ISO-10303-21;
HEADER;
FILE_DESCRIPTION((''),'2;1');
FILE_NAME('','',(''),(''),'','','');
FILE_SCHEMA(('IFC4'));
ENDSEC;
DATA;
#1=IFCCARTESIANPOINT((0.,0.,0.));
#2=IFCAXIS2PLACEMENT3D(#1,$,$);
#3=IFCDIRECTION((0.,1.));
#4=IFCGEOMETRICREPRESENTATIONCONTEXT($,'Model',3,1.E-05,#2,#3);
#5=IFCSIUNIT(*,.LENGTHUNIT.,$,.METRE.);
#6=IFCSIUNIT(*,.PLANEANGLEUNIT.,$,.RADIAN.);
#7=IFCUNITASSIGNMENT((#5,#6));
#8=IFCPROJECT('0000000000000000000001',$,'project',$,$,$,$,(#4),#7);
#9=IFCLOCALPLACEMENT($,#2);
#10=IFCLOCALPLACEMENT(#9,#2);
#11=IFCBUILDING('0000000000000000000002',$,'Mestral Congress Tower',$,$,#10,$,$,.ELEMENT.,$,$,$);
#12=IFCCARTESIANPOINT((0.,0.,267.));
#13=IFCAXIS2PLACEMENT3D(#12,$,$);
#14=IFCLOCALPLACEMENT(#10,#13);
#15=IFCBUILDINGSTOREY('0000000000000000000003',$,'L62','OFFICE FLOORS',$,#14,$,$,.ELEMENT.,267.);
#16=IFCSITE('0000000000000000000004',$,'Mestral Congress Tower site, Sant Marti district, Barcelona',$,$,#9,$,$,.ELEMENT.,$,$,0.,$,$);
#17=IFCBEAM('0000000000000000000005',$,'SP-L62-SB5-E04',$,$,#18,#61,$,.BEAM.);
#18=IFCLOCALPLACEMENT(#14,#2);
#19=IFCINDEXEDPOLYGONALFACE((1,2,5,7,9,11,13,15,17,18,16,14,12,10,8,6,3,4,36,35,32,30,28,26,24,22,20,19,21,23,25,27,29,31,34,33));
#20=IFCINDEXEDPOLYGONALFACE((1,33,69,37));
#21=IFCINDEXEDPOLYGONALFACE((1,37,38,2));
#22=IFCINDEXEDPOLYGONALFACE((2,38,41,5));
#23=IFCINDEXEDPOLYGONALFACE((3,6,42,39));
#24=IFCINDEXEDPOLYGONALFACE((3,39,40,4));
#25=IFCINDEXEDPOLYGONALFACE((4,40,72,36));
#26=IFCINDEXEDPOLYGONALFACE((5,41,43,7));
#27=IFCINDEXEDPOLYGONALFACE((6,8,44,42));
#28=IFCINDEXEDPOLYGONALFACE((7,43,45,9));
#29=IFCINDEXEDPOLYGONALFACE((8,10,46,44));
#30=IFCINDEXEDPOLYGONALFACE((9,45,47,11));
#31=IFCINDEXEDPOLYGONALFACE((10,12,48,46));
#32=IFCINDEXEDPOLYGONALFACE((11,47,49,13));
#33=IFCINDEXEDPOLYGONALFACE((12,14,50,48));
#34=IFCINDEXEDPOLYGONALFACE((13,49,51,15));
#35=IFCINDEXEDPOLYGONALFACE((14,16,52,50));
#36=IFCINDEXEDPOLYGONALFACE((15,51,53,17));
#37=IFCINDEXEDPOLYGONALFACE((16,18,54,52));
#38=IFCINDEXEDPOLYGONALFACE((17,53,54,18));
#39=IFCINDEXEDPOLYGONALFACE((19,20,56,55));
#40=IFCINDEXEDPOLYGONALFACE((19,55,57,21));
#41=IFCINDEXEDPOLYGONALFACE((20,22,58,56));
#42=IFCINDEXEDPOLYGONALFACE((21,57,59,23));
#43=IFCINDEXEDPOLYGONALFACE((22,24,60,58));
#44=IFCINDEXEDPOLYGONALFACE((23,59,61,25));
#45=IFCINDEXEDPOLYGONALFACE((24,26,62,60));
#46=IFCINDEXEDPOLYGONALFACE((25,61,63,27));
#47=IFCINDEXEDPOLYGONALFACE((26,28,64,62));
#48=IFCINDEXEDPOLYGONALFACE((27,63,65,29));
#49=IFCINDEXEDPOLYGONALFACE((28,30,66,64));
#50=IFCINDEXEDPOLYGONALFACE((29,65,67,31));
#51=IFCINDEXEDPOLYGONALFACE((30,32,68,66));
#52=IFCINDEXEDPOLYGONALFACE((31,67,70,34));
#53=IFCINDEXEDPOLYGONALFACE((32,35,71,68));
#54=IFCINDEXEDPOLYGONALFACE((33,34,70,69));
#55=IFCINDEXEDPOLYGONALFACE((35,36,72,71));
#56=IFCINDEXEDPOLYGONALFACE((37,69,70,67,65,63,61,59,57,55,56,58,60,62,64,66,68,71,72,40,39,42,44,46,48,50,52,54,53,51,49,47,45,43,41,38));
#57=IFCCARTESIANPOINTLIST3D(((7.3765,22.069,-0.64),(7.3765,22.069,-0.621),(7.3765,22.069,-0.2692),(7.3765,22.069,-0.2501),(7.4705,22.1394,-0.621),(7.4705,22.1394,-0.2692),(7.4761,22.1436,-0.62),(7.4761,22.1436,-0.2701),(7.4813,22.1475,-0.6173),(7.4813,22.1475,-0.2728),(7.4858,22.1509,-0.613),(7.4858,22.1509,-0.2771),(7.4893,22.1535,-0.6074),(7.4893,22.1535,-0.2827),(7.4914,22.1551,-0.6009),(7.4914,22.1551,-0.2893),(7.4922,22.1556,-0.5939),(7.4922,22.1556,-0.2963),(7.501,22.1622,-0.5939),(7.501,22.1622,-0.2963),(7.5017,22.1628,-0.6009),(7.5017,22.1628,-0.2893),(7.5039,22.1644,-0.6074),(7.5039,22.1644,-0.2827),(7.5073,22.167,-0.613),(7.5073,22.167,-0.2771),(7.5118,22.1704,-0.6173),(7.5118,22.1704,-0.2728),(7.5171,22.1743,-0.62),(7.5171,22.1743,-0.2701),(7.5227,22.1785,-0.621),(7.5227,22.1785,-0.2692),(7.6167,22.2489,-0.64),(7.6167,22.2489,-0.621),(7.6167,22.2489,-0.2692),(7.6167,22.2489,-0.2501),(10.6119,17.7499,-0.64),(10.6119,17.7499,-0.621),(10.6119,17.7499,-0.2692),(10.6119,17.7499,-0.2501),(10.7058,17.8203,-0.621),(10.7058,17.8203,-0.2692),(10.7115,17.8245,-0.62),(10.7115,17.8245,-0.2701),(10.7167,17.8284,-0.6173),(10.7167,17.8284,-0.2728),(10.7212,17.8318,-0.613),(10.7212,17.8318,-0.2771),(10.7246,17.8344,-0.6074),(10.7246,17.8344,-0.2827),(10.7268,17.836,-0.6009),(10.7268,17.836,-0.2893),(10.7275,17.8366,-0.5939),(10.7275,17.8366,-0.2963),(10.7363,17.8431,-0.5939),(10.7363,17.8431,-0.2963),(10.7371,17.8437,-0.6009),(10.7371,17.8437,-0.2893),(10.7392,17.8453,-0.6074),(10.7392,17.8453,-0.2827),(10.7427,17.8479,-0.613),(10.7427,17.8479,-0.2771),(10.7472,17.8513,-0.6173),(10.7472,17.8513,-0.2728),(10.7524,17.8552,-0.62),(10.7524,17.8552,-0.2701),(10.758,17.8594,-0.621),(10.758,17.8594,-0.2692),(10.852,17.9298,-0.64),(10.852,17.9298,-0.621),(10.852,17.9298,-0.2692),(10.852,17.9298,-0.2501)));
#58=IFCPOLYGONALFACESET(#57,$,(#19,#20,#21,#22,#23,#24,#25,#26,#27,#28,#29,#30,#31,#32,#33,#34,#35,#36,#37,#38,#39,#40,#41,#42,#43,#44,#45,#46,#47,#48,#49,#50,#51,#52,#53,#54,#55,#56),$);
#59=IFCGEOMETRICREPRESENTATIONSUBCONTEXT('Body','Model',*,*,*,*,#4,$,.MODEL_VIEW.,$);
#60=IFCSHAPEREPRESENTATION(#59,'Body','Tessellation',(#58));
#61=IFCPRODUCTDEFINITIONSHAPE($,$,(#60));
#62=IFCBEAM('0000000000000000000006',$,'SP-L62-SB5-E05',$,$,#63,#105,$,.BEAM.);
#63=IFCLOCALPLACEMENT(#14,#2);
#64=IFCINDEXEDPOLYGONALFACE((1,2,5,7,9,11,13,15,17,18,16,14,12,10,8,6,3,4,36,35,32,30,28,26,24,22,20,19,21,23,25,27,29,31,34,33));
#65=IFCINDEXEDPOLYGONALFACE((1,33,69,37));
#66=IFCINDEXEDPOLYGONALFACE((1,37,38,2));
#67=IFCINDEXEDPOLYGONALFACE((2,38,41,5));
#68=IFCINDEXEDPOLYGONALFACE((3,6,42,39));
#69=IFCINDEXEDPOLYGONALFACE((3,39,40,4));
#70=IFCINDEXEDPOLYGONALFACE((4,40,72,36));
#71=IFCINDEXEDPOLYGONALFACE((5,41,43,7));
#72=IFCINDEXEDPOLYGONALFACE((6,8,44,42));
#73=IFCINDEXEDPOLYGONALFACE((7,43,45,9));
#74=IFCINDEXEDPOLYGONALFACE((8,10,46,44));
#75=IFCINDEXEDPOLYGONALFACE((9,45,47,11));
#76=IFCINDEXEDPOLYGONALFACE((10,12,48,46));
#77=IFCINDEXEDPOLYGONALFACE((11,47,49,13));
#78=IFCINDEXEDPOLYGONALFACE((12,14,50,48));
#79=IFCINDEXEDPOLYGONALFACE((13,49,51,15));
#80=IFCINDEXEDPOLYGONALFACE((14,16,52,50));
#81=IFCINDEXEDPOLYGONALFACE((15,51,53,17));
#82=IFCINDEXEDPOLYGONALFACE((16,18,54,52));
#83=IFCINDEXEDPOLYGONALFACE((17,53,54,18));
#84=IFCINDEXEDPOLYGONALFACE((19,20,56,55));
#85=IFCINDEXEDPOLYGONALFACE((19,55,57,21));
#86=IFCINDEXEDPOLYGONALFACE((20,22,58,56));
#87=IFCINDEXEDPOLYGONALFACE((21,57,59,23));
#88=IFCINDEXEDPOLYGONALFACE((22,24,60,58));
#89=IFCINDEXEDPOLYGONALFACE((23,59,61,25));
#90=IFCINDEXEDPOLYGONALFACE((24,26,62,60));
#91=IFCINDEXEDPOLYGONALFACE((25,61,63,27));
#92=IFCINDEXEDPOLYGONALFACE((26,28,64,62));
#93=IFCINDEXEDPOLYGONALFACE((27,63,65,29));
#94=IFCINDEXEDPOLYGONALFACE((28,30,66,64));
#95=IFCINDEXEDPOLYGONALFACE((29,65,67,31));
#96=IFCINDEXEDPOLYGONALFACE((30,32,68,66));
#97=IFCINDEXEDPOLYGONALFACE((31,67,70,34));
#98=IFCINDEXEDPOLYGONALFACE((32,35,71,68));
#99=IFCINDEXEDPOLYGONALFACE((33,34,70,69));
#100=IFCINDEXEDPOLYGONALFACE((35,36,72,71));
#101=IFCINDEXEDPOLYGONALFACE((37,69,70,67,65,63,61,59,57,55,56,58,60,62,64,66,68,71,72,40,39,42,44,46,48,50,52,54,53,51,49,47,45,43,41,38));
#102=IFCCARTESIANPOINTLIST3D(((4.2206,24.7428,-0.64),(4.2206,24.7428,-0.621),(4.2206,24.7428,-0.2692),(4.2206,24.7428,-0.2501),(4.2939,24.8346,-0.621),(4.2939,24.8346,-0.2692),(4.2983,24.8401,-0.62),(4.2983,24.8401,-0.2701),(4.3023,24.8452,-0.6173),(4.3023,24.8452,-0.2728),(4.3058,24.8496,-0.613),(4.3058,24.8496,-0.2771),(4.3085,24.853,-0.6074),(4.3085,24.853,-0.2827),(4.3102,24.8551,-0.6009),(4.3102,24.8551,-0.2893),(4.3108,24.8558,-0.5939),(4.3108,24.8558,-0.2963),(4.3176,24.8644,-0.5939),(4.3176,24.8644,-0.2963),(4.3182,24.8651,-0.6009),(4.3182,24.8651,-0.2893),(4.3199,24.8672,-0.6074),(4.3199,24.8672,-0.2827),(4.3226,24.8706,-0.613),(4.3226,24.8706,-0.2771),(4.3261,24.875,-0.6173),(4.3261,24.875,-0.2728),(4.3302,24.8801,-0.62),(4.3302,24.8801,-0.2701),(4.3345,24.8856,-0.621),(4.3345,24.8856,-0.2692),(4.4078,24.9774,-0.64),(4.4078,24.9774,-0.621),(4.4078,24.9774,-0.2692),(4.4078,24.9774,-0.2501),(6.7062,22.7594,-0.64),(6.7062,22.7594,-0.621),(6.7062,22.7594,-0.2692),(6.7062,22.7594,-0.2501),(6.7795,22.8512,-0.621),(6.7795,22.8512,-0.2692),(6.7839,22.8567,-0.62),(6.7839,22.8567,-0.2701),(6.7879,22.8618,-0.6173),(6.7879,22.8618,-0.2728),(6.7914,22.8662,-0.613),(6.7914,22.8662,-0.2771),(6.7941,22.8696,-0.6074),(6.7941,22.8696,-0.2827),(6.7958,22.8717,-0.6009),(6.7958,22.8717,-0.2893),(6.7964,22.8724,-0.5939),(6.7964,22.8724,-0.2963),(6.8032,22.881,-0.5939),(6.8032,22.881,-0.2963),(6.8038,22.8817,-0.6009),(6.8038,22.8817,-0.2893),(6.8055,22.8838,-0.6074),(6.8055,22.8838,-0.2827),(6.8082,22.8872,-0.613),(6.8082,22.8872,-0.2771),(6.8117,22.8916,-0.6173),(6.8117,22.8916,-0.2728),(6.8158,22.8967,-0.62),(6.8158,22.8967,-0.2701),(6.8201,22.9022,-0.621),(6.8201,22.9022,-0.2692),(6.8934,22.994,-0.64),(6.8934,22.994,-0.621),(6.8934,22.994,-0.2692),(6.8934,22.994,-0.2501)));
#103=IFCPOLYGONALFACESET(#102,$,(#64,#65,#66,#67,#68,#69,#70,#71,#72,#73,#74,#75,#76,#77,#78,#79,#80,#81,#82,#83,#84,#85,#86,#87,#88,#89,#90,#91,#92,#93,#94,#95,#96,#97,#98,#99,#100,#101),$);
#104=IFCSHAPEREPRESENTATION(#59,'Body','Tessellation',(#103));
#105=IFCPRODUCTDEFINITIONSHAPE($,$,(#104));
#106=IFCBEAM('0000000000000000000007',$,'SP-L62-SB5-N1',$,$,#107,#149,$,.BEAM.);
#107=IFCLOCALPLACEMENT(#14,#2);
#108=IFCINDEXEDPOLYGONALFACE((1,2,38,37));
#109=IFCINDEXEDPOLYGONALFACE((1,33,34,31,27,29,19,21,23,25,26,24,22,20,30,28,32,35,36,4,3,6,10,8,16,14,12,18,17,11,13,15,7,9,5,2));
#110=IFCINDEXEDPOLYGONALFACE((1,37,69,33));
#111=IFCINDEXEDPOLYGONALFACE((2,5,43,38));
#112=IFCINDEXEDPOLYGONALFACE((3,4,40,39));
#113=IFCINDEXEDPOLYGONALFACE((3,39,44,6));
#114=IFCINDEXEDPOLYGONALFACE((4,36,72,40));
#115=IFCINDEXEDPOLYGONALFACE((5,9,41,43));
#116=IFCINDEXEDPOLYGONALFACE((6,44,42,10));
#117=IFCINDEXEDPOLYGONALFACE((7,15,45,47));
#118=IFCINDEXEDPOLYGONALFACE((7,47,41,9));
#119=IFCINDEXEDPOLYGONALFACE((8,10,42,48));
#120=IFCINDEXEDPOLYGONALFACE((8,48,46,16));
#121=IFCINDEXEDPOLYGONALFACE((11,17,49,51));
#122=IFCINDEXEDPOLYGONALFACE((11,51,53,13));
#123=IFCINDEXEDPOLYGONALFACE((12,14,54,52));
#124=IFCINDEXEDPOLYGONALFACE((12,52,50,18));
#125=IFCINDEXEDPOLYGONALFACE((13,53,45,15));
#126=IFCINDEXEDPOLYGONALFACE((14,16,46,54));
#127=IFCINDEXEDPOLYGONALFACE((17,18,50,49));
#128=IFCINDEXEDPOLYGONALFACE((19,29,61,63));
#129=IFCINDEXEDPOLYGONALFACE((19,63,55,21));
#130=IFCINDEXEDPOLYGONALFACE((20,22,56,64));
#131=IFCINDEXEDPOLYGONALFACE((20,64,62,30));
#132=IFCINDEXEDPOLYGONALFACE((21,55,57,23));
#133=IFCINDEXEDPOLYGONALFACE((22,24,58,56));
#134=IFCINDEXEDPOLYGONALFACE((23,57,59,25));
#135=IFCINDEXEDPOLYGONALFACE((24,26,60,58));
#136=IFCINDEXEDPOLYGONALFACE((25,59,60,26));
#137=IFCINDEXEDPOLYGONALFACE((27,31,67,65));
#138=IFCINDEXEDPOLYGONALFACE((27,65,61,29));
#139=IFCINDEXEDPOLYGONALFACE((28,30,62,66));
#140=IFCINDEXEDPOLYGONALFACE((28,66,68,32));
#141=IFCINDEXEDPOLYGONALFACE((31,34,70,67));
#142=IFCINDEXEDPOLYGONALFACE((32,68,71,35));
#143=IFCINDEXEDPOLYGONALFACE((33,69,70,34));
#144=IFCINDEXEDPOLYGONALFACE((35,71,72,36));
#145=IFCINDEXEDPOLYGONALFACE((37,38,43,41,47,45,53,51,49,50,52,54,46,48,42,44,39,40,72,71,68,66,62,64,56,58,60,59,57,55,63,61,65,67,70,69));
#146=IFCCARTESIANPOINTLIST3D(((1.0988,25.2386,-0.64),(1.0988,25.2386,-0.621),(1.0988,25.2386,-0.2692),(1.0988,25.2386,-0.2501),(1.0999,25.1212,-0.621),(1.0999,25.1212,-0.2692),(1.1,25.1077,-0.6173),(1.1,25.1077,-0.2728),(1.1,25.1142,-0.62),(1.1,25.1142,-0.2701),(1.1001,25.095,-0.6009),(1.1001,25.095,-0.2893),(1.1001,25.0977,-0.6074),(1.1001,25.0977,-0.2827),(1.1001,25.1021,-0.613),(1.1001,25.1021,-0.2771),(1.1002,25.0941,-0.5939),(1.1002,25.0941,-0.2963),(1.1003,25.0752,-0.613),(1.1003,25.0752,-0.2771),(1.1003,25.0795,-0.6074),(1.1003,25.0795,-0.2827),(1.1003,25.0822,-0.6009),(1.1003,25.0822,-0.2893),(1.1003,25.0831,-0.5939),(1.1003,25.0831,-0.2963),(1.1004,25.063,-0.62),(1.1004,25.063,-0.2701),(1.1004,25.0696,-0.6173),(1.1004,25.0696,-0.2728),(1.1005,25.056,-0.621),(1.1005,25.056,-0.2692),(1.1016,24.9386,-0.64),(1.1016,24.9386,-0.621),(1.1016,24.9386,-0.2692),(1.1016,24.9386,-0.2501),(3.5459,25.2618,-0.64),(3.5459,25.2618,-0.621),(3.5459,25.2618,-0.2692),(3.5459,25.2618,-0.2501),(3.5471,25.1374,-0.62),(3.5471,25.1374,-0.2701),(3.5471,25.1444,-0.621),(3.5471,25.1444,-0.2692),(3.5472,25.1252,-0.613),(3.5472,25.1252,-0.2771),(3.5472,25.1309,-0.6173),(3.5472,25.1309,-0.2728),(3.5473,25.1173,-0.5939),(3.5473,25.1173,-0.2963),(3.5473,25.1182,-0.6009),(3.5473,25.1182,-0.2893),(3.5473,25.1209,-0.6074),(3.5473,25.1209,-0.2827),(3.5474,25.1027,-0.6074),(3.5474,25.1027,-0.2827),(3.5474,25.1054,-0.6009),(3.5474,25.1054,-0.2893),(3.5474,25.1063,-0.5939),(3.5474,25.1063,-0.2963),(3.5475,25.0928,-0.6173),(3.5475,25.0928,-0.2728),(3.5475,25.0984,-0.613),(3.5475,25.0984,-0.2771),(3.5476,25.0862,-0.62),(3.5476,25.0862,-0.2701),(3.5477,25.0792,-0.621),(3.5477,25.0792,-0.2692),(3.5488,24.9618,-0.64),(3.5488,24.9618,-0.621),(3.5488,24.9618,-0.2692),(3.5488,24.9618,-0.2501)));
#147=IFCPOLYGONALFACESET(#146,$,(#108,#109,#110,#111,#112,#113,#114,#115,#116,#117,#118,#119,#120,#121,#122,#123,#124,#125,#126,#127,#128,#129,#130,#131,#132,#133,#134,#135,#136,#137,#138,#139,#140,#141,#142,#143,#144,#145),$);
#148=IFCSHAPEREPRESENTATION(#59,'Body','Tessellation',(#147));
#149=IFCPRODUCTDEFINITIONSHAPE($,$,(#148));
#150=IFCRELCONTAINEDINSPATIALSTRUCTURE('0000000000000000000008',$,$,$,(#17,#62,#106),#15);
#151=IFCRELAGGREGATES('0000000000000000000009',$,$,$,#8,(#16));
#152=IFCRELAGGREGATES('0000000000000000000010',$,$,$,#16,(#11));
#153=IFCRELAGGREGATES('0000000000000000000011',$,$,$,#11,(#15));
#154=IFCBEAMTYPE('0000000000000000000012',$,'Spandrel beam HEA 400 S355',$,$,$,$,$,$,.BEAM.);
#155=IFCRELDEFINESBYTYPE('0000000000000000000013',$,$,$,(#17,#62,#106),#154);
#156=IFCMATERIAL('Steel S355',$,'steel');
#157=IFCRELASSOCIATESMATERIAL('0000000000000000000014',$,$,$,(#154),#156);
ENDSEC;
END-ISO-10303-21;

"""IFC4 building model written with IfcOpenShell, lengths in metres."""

from ifc_helpers import new_model, si_unit, direction, frame, origin, origin_2d, place, context, subcontext, project, spatial, i_section, extrude, material, material_profile, profile_set, type_object, element, save


model = new_model("IFC4")

# Units and contexts
model_context = context("Model", 3, precision=1e-05, world=origin(), true_north=direction((0.0, 1.0)))
body_context = subcontext(model_context, "Body", "Model", "MODEL_VIEW")
ifc_project = project(units=[si_unit("LENGTHUNIT", "METRE"), si_unit("PLANEANGLEUNIT", "RADIAN")], contexts=[model_context])

# Site, building, storey
site_placement = place(None, origin())
site = spatial("IfcSite", under=ifc_project, at=site_placement, Name="Mestral Congress Tower site, Sant Marti district, Barcelona", CompositionType="ELEMENT", RefElevation=0.0)
building_placement = place(site_placement, origin())
building = spatial("IfcBuilding", under=site, at=building_placement, Name="Mestral Congress Tower", CompositionType="ELEMENT")
storey_placement = place(building_placement, frame((0.0, 0.0, 267.0)))
storey = spatial("IfcBuildingStorey", under=building, at=storey_placement, Name="L62", Description="OFFICE FLOORS", CompositionType="ELEMENT", Elevation=267.0)

# Beams
ifc_material_1 = material(Name="Steel S355", Category="steel")
ifc_material_profile_1 = material_profile(ifc_material_1, i_section(OverallWidth=0.3, OverallDepth=0.3899, WebThickness=0.011, FlangeThickness=0.019, FilletRadius=0.0271, at=origin_2d()), Name="HEA 400")
ifc_profile_set_1 = profile_set([ifc_material_profile_1], Name="Steel S355")
beam_type_1 = type_object("IfcBeamType", Name="Spandrel beam HEA 400 S355", PredefinedType="BEAM", material=ifc_profile_set_1)
beam_1_placement = place(storey_placement, frame((10.7319, 17.8398, -0.4451), z_axis=(-0.599529, 0.800353, 0.0), x_axis=(-0.800353, -0.599529, 0.0)))
element("IfcBeam", 1, at=beam_1_placement, inside=storey, type_object=beam_type_1, Name="SP-L62-SB5-E04", PredefinedType="BEAM", context=body_context, shape_type="SweptSolid", body=[
    extrude(i_section(OverallWidth=0.3, OverallDepth=0.3899, WebThickness=0.011, FlangeThickness=0.019, FilletRadius=0.0271, at=origin_2d()), origin(), (0.0, 0.0, 1.0), 5.3965),
])
beam_2_placement = place(storey_placement, frame((6.7998, 22.8767, -0.4451), z_axis=(-0.781647, 0.623721, 0.0), x_axis=(-0.623721, -0.781647, 0.0)))
element("IfcBeam", 2, at=beam_2_placement, inside=storey, type_object=beam_type_1, Name="SP-L62-SB5-E05", PredefinedType="BEAM", context=body_context, shape_type="SweptSolid", body=[
    extrude(i_section(OverallWidth=0.3, OverallDepth=0.3899, WebThickness=0.011, FlangeThickness=0.019, FilletRadius=0.0271, at=origin_2d()), origin(), (0.0, 0.0, 1.0), 3.1799),
])
beam_3_placement = place(storey_placement, frame((3.5474, 25.1118, -0.4451), z_axis=(-0.999955, -0.009477, 0.0), x_axis=(0.009477, -0.999955, 0.0)))
element("IfcBeam", 3, at=beam_3_placement, inside=storey, type_object=beam_type_1, Name="SP-L62-SB5-N1", PredefinedType="BEAM", context=body_context, shape_type="SweptSolid", body=[
    extrude(i_section(OverallWidth=0.3, OverallDepth=0.3899, WebThickness=0.011, FlangeThickness=0.019, FilletRadius=0.0271, at=origin_2d()), origin(), (0.0, 0.0, 1.0), 2.4473),
])

save(model, "model.ifc")
